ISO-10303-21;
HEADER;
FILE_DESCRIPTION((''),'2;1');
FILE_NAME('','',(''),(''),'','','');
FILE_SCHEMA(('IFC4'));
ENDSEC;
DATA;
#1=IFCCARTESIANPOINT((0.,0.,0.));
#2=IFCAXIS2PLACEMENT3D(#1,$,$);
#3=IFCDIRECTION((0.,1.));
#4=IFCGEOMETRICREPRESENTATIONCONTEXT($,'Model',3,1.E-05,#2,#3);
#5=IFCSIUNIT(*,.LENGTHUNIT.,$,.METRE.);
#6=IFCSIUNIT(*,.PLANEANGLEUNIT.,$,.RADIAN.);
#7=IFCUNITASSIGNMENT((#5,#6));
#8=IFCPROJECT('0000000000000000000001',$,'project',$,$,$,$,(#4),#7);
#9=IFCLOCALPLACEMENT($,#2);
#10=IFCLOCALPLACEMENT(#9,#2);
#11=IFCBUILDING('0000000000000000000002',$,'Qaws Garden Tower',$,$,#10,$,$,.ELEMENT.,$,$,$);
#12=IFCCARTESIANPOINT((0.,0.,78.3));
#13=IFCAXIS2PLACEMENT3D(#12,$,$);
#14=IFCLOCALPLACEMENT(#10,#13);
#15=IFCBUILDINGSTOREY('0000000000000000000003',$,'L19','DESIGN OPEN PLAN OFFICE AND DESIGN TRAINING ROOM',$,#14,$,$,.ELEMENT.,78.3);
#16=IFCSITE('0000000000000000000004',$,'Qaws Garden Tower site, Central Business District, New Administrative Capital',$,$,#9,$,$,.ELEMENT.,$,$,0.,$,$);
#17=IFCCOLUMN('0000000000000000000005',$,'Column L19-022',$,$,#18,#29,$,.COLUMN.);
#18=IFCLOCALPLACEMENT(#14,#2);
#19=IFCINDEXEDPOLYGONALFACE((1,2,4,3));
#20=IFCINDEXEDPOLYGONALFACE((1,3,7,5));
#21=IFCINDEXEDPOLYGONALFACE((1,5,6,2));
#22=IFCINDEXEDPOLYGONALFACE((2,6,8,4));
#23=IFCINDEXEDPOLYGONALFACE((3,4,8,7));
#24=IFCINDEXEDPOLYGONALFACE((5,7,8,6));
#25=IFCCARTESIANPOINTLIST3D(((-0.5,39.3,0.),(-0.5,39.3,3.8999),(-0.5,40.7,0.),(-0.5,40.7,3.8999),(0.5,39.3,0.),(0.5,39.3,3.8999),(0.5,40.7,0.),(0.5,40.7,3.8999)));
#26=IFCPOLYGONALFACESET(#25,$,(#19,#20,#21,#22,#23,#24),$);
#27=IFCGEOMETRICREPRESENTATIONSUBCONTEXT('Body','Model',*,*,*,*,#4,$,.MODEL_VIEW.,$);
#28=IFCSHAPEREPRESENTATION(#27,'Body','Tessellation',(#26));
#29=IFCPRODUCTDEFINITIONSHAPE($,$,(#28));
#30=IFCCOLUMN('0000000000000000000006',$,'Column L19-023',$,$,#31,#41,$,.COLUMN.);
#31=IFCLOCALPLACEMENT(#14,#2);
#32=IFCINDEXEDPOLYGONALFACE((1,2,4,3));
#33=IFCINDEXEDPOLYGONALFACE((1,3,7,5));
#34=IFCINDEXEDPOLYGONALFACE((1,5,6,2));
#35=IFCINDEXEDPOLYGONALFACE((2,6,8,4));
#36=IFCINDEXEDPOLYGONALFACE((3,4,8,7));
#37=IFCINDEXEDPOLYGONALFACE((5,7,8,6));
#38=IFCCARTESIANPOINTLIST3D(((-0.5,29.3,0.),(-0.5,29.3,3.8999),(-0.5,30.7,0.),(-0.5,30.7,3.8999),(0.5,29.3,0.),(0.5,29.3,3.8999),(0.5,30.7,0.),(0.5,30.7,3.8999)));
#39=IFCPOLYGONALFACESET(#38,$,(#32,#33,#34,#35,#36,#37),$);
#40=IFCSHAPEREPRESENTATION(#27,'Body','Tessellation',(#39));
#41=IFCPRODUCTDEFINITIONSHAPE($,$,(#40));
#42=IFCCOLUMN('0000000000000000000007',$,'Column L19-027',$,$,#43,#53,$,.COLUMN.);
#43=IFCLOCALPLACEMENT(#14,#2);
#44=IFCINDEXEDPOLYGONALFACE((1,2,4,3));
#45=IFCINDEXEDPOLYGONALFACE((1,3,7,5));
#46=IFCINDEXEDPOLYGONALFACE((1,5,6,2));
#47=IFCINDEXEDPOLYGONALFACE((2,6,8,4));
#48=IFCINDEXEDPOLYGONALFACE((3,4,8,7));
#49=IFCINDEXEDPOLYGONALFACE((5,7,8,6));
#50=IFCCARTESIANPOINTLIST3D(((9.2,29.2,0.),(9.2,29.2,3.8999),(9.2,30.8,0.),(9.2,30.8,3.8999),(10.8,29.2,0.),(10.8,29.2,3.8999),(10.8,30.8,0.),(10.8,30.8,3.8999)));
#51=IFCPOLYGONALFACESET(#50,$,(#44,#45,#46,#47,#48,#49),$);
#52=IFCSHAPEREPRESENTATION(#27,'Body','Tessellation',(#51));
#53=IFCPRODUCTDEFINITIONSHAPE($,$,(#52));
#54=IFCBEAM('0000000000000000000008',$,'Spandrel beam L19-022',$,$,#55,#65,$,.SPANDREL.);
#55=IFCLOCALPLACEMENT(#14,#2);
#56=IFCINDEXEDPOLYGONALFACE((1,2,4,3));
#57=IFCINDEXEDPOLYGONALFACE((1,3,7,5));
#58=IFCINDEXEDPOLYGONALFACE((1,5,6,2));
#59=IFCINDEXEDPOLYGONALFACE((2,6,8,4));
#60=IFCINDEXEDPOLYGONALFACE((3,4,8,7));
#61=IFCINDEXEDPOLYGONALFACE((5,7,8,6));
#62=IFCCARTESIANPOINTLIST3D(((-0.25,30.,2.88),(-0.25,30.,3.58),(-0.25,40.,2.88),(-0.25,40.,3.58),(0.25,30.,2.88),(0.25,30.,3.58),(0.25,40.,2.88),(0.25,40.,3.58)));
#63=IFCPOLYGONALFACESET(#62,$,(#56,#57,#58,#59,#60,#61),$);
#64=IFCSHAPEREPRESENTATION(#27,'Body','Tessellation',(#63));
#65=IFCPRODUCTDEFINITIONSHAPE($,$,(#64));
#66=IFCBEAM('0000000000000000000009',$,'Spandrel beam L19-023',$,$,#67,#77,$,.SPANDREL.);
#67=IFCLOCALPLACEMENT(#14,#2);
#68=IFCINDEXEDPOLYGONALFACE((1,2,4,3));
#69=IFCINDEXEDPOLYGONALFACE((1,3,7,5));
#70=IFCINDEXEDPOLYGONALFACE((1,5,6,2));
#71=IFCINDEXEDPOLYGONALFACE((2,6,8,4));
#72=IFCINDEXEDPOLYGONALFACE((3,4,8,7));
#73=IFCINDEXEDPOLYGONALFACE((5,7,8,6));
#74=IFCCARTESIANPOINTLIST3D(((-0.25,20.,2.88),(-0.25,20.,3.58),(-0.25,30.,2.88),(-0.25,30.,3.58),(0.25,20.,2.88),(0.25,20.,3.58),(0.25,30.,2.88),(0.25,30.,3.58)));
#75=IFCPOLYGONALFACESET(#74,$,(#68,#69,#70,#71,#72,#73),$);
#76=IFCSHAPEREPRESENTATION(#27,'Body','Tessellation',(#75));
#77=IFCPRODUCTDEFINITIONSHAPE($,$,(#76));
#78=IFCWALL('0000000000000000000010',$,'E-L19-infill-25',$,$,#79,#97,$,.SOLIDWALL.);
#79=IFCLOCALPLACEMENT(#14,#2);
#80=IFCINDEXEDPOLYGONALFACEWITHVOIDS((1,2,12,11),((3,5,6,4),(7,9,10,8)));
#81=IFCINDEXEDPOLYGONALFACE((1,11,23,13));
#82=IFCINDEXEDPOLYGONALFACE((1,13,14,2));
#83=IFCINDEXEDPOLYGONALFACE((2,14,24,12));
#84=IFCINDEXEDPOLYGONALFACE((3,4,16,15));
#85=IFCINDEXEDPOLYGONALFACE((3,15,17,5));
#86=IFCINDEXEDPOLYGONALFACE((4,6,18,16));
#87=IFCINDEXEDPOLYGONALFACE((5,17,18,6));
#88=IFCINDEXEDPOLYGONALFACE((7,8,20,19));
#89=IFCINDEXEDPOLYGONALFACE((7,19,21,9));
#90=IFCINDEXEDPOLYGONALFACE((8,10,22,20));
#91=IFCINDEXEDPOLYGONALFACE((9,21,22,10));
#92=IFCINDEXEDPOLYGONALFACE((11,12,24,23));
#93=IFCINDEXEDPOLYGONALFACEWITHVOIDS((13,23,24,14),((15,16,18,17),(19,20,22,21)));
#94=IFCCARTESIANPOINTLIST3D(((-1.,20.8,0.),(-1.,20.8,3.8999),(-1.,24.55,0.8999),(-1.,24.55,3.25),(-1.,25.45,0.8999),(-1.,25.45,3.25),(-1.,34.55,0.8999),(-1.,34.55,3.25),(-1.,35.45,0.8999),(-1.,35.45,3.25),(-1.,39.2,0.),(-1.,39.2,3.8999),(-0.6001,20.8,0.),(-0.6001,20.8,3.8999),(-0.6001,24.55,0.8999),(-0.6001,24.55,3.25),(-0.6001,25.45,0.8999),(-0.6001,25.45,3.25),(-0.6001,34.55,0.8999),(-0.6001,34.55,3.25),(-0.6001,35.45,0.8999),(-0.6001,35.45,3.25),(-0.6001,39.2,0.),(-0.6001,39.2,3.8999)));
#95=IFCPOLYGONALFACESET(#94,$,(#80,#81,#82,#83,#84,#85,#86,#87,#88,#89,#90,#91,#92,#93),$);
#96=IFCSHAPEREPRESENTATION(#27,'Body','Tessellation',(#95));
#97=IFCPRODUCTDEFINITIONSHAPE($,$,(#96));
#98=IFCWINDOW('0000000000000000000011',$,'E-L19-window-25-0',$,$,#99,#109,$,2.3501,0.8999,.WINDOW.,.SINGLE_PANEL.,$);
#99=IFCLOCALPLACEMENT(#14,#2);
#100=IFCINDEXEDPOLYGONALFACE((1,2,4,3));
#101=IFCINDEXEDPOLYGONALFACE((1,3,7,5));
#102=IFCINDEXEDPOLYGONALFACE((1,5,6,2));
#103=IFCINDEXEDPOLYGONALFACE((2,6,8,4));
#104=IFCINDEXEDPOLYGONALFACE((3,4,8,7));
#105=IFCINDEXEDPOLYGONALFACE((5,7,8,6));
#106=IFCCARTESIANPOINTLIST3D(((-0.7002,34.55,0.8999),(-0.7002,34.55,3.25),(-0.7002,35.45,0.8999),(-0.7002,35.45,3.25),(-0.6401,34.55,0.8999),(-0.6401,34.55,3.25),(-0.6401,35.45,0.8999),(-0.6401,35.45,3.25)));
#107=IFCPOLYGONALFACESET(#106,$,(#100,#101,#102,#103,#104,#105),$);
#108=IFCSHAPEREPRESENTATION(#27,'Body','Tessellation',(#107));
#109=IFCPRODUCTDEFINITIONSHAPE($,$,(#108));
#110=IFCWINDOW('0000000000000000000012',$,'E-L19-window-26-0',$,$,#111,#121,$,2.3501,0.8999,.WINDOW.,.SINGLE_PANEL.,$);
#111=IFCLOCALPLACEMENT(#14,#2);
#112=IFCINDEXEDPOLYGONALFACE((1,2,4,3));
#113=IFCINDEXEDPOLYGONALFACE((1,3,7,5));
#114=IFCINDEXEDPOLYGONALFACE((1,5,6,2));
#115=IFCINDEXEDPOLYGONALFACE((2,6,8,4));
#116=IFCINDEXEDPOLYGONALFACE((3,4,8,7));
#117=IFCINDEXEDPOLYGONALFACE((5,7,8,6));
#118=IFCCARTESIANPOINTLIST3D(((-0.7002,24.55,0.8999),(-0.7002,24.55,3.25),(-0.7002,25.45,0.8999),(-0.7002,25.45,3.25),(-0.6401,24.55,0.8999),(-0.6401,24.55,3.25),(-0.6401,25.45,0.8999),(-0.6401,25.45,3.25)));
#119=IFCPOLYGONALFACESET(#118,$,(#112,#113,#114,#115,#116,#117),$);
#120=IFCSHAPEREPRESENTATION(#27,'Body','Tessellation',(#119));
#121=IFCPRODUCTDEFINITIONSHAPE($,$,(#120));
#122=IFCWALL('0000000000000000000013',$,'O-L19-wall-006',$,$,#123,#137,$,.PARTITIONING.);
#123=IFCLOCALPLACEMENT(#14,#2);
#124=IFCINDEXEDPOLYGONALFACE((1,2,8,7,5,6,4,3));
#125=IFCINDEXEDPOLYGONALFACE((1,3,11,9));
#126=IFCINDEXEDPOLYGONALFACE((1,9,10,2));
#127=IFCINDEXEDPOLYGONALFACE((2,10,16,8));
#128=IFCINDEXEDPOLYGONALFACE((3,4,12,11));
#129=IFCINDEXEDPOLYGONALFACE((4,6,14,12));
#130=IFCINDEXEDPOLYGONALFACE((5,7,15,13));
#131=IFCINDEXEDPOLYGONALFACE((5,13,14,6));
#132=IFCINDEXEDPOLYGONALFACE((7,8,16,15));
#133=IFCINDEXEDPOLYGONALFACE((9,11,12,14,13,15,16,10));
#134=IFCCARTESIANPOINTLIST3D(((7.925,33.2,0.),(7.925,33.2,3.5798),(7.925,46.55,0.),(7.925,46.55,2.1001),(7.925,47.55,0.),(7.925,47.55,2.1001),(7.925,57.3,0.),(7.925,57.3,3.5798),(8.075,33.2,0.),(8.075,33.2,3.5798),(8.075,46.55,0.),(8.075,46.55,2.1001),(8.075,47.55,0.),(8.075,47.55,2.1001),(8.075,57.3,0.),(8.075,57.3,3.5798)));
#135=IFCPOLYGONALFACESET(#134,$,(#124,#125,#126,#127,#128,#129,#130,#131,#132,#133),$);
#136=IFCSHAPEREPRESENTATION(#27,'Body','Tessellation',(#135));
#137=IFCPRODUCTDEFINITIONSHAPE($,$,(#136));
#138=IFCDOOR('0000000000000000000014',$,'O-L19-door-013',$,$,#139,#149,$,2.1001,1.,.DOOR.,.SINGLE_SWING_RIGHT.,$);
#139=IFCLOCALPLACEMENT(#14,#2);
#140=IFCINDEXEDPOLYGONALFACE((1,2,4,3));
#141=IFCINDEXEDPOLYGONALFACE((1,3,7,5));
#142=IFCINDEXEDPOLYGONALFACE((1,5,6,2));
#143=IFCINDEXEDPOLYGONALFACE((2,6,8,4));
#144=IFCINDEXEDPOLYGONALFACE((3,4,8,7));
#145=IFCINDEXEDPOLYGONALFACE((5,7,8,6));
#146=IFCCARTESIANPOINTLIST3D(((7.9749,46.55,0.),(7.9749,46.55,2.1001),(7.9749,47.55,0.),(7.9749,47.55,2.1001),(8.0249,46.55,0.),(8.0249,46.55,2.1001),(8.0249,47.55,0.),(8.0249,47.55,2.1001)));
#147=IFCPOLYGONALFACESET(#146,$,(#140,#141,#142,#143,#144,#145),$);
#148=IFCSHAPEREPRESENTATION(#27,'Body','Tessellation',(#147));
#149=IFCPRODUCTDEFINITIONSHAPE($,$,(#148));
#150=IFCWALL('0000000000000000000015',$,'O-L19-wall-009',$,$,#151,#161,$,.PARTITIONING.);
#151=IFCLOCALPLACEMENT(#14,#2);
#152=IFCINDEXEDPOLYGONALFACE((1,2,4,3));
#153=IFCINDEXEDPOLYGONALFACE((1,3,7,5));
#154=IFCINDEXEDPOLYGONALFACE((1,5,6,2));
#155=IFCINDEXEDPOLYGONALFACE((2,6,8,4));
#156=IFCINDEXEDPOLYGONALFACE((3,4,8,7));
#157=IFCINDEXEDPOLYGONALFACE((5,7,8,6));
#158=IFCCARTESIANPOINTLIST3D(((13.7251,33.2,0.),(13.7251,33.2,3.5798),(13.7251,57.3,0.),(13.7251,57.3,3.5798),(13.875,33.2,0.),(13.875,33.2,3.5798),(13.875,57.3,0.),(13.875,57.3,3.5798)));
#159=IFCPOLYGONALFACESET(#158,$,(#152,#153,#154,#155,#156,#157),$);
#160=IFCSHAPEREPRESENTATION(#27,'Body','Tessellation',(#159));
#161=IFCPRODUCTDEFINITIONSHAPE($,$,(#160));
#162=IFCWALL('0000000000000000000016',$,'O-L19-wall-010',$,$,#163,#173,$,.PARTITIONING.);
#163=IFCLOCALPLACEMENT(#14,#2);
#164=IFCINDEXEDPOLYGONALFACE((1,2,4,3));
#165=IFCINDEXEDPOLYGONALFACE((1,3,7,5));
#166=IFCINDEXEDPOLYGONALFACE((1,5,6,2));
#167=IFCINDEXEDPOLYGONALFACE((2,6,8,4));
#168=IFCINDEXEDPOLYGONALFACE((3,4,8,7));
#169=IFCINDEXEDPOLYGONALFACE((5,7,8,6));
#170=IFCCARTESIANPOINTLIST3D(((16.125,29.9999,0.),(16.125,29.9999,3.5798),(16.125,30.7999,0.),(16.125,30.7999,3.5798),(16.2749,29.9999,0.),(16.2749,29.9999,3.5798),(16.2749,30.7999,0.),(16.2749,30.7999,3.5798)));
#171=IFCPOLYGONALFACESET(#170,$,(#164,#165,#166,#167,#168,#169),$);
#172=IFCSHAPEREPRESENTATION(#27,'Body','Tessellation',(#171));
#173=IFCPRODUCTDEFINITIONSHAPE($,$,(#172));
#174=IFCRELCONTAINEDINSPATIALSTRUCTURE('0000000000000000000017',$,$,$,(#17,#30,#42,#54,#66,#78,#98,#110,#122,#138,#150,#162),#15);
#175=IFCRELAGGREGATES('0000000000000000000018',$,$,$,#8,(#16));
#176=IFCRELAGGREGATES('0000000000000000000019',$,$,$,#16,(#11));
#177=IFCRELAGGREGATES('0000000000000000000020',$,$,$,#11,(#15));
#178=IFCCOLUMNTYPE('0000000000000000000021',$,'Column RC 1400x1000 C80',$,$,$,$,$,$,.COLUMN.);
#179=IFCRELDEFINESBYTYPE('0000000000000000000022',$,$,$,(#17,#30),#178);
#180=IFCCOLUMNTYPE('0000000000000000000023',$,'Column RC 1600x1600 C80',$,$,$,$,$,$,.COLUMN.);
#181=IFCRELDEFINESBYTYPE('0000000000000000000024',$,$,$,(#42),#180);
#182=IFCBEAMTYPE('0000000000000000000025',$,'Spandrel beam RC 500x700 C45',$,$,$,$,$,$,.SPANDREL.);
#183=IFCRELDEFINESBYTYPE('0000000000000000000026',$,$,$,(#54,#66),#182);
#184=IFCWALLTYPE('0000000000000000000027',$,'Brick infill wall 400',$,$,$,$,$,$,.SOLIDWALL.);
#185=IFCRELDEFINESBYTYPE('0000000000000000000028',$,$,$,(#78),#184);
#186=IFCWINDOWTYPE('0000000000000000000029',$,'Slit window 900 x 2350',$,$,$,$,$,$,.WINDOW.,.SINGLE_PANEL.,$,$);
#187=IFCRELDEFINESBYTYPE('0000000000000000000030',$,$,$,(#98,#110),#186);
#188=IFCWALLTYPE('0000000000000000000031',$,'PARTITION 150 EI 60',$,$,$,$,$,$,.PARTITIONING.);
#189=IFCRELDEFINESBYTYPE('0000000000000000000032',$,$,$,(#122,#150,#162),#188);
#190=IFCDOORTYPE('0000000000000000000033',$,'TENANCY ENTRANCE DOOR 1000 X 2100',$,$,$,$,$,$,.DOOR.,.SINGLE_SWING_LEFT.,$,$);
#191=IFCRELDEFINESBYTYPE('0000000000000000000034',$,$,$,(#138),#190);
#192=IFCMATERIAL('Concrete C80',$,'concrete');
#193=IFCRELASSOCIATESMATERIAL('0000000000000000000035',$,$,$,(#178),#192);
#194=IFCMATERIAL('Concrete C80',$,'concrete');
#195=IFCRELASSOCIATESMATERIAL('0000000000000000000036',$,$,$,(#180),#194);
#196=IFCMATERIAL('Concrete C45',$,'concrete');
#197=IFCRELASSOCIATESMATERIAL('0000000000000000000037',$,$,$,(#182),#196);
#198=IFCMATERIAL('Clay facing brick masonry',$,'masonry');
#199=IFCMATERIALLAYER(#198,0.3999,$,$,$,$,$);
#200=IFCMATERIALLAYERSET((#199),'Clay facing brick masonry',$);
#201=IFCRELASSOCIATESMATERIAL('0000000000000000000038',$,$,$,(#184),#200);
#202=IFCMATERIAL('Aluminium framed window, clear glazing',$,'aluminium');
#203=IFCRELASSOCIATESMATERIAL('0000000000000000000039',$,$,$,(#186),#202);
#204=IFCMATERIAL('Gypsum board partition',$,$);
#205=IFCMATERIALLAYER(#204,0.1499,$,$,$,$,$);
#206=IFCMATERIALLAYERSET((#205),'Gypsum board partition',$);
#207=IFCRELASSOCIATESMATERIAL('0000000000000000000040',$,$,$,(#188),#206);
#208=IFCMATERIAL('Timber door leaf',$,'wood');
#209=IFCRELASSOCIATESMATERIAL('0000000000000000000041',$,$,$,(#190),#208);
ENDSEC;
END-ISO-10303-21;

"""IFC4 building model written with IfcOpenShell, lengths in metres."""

from ifc_helpers import new_model, si_unit, direction, frame, frame_2d, origin, origin_2d, place, context, subcontext, project, spatial, rectangle, extrude, material, layer, layer_set, material_profile, profile_set, type_object, element, fill, save


model = new_model("IFC4")

# Units and contexts
model_context = context("Model", 3, precision=1e-05, world=origin(), true_north=direction((0.0, 1.0)))
body_context = subcontext(model_context, "Body", "Model", "MODEL_VIEW")
ifc_project = project(units=[si_unit("LENGTHUNIT", "METRE"), si_unit("PLANEANGLEUNIT", "RADIAN")], contexts=[model_context])

# Site, building, storey
site_placement = place(None, origin())
site = spatial("IfcSite", under=ifc_project, at=site_placement, Name="Qaws Garden Tower site, Central Business District, New Administrative Capital", CompositionType="ELEMENT", RefElevation=0.0)
building_placement = place(site_placement, origin())
building = spatial("IfcBuilding", under=site, at=building_placement, Name="Qaws Garden Tower", CompositionType="ELEMENT")
storey_placement = place(building_placement, frame((0.0, 0.0, 78.3)))
storey = spatial("IfcBuildingStorey", under=building, at=storey_placement, Name="L19", Description="DESIGN OPEN PLAN OFFICE AND DESIGN TRAINING ROOM", CompositionType="ELEMENT", Elevation=78.3)

# Columns
ifc_material_1 = material(Name="Concrete C80", Category="concrete")
ifc_material_profile_1 = material_profile(ifc_material_1, rectangle(XDim=1.3999, YDim=1.0, at=origin_2d()), Name="RC 1400x1000")
ifc_profile_set_1 = profile_set([ifc_material_profile_1], Name="Concrete C80")
column_type_1 = type_object("IfcColumnType", Name="Column RC 1400x1000 C80", PredefinedType="COLUMN", material=ifc_profile_set_1)
for number, where, z_axis, x_axis, name in (
    (1, (0.0, 40.0, 0.0), (0.0, 0.0, 1.0), (0.0, 1.0, 0.0), "Column L19-022"),
    (2, (0.0, 30.0, 0.0), (0.0, 0.0, 1.0), (0.0, 1.0, 0.0), "Column L19-023"),
):
    element("IfcColumn", number, at=place(storey_placement, frame(where, z_axis=z_axis, x_axis=x_axis)), inside=storey, type_object=column_type_1, Name=name, PredefinedType="COLUMN", context=body_context, shape_type="SweptSolid", body=[
        extrude(rectangle(XDim=1.3999, YDim=1.0, at=origin_2d()), origin(), (0.0, 0.0, 1.0), 3.8999),
    ])
ifc_material_2 = material(Name="Concrete C80", Category="concrete")
ifc_material_profile_2 = material_profile(ifc_material_2, rectangle(XDim=1.6001, YDim=1.6001, at=origin_2d()), Name="RC 1600x1600")
ifc_profile_set_2 = profile_set([ifc_material_profile_2], Name="Concrete C80")
column_type_2 = type_object("IfcColumnType", Name="Column RC 1600x1600 C80", PredefinedType="COLUMN", material=ifc_profile_set_2)
column_placement = place(storey_placement, frame((10.0, 30.0, 0.0), z_axis=(0.0, 0.0, 1.0), x_axis=(1.0, 0.0, 0.0)))
element("IfcColumn", 3, at=column_placement, inside=storey, type_object=column_type_2, Name="Column L19-027", PredefinedType="COLUMN", context=body_context, shape_type="SweptSolid", body=[
    extrude(rectangle(XDim=1.6001, YDim=1.6001, at=origin_2d()), origin(), (0.0, 0.0, 1.0), 3.8999),
])

# Beams
ifc_material_3 = material(Name="Concrete C45", Category="concrete")
ifc_material_profile_3 = material_profile(ifc_material_3, rectangle(XDim=0.5, YDim=0.7, at=origin_2d()), Name="RC 500x700")
ifc_profile_set_3 = profile_set([ifc_material_profile_3], Name="Concrete C45")
beam_type = type_object("IfcBeamType", Name="Spandrel beam RC 500x700 C45", PredefinedType="SPANDREL", material=ifc_profile_set_3)
for number, where, z_axis, x_axis, name in (
    (4, (0.0, 40.0, 3.23), (0.0, -1.0, 0.0), (1.0, 0.0, 0.0), "Spandrel beam L19-022"),
    (5, (0.0, 30.0, 3.23), (0.0, -1.0, 0.0), (1.0, 0.0, 0.0), "Spandrel beam L19-023"),
):
    element("IfcBeam", number, at=place(storey_placement, frame(where, z_axis=z_axis, x_axis=x_axis)), inside=storey, type_object=beam_type, Name=name, PredefinedType="SPANDREL", context=body_context, shape_type="SweptSolid", body=[
        extrude(rectangle(XDim=0.5, YDim=0.7, at=origin_2d()), origin(), (0.0, 0.0, 1.0), 10.0),
    ])

# Wall, openings, windows
ifc_material_4 = material(Name="Clay facing brick masonry", Category="masonry")
ifc_layer_1 = layer(ifc_material_4, 0.3999)
ifc_layer_set_1 = layer_set([ifc_layer_1], Name="Clay facing brick masonry")
wall_type_1 = type_object("IfcWallType", Name="Brick infill wall 400", PredefinedType="SOLIDWALL", material=ifc_layer_set_1)
wall_1_placement = place(storey_placement, frame((-0.8, 39.2, 0.0), z_axis=(0.0, 0.0, 1.0), x_axis=(0.0, -1.0, 0.0)))
wall_1 = element("IfcWall", 6, at=wall_1_placement, inside=storey, type_object=wall_type_1, Name="E-L19-infill-25", PredefinedType="SOLIDWALL", context=body_context, shape_type="SweptSolid", body=[
    extrude(rectangle(XDim=18.3999, YDim=0.3999, at=frame_2d((9.2, 0.0))), origin(), (0.0, 0.0, 1.0), 3.8999),
])
opening_1_placement = place(wall_1_placement, frame((3.75, 0.0, 0.8999)))
opening_1 = element("IfcOpeningElement", 7, at=opening_1_placement, cuts=wall_1, PredefinedType="OPENING", context=body_context, shape_type="SweptSolid", body=[
    extrude(rectangle(XDim=0.8999, YDim=2.3501, at=frame_2d((0.45, 1.175))), frame((0.0, 0.21, 0.0), z_axis=(0.0, -1.0, 0.0), x_axis=(1.0, 0.0, 0.0)), (0.0, 0.0, 1.0), 0.4199),
])
opening_2_placement = place(wall_1_placement, frame((13.75, 0.0, 0.8999)))
opening_2 = element("IfcOpeningElement", 8, at=opening_2_placement, cuts=wall_1, PredefinedType="OPENING", context=body_context, shape_type="SweptSolid", body=[
    extrude(rectangle(XDim=0.8999, YDim=2.3501, at=frame_2d((0.45, 1.175))), frame((0.0, 0.21, 0.0), z_axis=(0.0, -1.0, 0.0), x_axis=(1.0, 0.0, 0.0)), (0.0, 0.0, 1.0), 0.4199),
])
ifc_material_5 = material(Name="Aluminium framed window, clear glazing", Category="aluminium")
window_type = type_object("IfcWindowType", Name="Slit window 900 x 2350", PartitioningType="SINGLE_PANEL", PredefinedType="WINDOW", material=ifc_material_5)
window_1_placement = place(opening_1_placement, origin())
window_1 = element("IfcWindow", 9, at=window_1_placement, inside=storey, type_object=window_type, Name="E-L19-window-25-0", OverallHeight=2.3501, OverallWidth=0.8999, PartitioningType="SINGLE_PANEL", PredefinedType="WINDOW", context=body_context, shape_type="SweptSolid", body=[
    extrude(rectangle(XDim=0.8999, YDim=2.3501, at=frame_2d((0.45, 1.175))), frame((0.0, 0.1599, 0.0), z_axis=(0.0, -1.0, 0.0), x_axis=(1.0, 0.0, 0.0)), (0.0, 0.0, 1.0), 0.0601),
])
fill(opening_1, window_1)
window_2_placement = place(opening_2_placement, origin())
window_2 = element("IfcWindow", 10, at=window_2_placement, inside=storey, type_object=window_type, Name="E-L19-window-26-0", OverallHeight=2.3501, OverallWidth=0.8999, PartitioningType="SINGLE_PANEL", PredefinedType="WINDOW", context=body_context, shape_type="SweptSolid", body=[
    extrude(rectangle(XDim=0.8999, YDim=2.3501, at=frame_2d((0.45, 1.175))), frame((0.0, 0.1599, 0.0), z_axis=(0.0, -1.0, 0.0), x_axis=(1.0, 0.0, 0.0)), (0.0, 0.0, 1.0), 0.0601),
])
fill(opening_2, window_2)

# Wall, opening, door
ifc_material_6 = material(Name="Gypsum board partition")
ifc_layer_2 = layer(ifc_material_6, 0.1499)
ifc_layer_set_2 = layer_set([ifc_layer_2], Name="Gypsum board partition")
wall_type_2 = type_object("IfcWallType", Name="PARTITION 150 EI 60", PredefinedType="PARTITIONING", material=ifc_layer_set_2)
wall_2_placement = place(storey_placement, frame((8.0, 33.2, 0.0), z_axis=(0.0, 0.0, 1.0), x_axis=(0.0, 1.0, 0.0)))
wall_2 = element("IfcWall", 11, at=wall_2_placement, inside=storey, type_object=wall_type_2, Name="O-L19-wall-006", PredefinedType="PARTITIONING", context=body_context, shape_type="SweptSolid", body=[
    extrude(rectangle(XDim=24.1001, YDim=0.1499, at=frame_2d((12.05, 0.0))), origin(), (0.0, 0.0, 1.0), 3.5798),
])
opening_3_placement = place(wall_2_placement, frame((13.3501, 0.0, 0.0)))
opening_3 = element("IfcOpeningElement", 12, at=opening_3_placement, cuts=wall_2, PredefinedType="OPENING", context=body_context, shape_type="SweptSolid", body=[
    extrude(rectangle(XDim=1.0, YDim=2.1001, at=frame_2d((0.5, 1.05))), frame((0.0, 0.085, 0.0), z_axis=(0.0, -1.0, 0.0), x_axis=(1.0, 0.0, 0.0)), (0.0, 0.0, 1.0), 0.1699),
])
ifc_material_7 = material(Name="Timber door leaf", Category="wood")
door_type_1 = type_object("IfcDoorType", Name="TENANCY ENTRANCE DOOR 1000 X 2100", OperationType="SINGLE_SWING_LEFT", PredefinedType="DOOR", material=ifc_material_7)
door_1_placement = place(opening_3_placement, frame((1.0, 0.0, 0.0), z_axis=(0.0, 0.0, 1.0), x_axis=(-1.0, 0.0, 0.0)))
door_1 = element("IfcDoor", 13, at=door_1_placement, inside=storey, type_object=door_type_1, Name="O-L19-door-013", OperationType="SINGLE_SWING_RIGHT", OverallHeight=2.1001, OverallWidth=1.0, PredefinedType="DOOR", context=body_context, shape_type="SweptSolid", body=[
    extrude(rectangle(XDim=1.0, YDim=2.1001, at=frame_2d((0.5, 1.05))), frame((0.0, 0.0249, 0.0), z_axis=(0.0, -1.0, 0.0), x_axis=(1.0, 0.0, 0.0)), (0.0, 0.0, 1.0), 0.05),
])
fill(opening_3, door_1)

# Walls
wall_3_placement = place(storey_placement, frame((13.8, 33.2, 0.0), z_axis=(0.0, 0.0, 1.0), x_axis=(0.0, 1.0, 0.0)))
element("IfcWall", 14, at=wall_3_placement, inside=storey, type_object=wall_type_2, Name="O-L19-wall-009", PredefinedType="PARTITIONING", context=body_context, shape_type="SweptSolid", body=[
    extrude(rectangle(XDim=24.1001, YDim=0.1499, at=frame_2d((12.05, 0.0))), origin(), (0.0, 0.0, 1.0), 3.5798),
])
wall_4_placement = place(storey_placement, frame((16.2, 30.0, 0.0), z_axis=(0.0, 0.0, 1.0), x_axis=(0.0, 1.0, 0.0)))
element("IfcWall", 15, at=wall_4_placement, inside=storey, type_object=wall_type_2, Name="O-L19-wall-010", PredefinedType="PARTITIONING", context=body_context, shape_type="SweptSolid", body=[
    extrude(rectangle(XDim=0.8, YDim=0.1499, at=frame_2d((0.3999, 0.0))), origin(), (0.0, 0.0, 1.0), 3.5798),
])

save(model, "model.ifc")
